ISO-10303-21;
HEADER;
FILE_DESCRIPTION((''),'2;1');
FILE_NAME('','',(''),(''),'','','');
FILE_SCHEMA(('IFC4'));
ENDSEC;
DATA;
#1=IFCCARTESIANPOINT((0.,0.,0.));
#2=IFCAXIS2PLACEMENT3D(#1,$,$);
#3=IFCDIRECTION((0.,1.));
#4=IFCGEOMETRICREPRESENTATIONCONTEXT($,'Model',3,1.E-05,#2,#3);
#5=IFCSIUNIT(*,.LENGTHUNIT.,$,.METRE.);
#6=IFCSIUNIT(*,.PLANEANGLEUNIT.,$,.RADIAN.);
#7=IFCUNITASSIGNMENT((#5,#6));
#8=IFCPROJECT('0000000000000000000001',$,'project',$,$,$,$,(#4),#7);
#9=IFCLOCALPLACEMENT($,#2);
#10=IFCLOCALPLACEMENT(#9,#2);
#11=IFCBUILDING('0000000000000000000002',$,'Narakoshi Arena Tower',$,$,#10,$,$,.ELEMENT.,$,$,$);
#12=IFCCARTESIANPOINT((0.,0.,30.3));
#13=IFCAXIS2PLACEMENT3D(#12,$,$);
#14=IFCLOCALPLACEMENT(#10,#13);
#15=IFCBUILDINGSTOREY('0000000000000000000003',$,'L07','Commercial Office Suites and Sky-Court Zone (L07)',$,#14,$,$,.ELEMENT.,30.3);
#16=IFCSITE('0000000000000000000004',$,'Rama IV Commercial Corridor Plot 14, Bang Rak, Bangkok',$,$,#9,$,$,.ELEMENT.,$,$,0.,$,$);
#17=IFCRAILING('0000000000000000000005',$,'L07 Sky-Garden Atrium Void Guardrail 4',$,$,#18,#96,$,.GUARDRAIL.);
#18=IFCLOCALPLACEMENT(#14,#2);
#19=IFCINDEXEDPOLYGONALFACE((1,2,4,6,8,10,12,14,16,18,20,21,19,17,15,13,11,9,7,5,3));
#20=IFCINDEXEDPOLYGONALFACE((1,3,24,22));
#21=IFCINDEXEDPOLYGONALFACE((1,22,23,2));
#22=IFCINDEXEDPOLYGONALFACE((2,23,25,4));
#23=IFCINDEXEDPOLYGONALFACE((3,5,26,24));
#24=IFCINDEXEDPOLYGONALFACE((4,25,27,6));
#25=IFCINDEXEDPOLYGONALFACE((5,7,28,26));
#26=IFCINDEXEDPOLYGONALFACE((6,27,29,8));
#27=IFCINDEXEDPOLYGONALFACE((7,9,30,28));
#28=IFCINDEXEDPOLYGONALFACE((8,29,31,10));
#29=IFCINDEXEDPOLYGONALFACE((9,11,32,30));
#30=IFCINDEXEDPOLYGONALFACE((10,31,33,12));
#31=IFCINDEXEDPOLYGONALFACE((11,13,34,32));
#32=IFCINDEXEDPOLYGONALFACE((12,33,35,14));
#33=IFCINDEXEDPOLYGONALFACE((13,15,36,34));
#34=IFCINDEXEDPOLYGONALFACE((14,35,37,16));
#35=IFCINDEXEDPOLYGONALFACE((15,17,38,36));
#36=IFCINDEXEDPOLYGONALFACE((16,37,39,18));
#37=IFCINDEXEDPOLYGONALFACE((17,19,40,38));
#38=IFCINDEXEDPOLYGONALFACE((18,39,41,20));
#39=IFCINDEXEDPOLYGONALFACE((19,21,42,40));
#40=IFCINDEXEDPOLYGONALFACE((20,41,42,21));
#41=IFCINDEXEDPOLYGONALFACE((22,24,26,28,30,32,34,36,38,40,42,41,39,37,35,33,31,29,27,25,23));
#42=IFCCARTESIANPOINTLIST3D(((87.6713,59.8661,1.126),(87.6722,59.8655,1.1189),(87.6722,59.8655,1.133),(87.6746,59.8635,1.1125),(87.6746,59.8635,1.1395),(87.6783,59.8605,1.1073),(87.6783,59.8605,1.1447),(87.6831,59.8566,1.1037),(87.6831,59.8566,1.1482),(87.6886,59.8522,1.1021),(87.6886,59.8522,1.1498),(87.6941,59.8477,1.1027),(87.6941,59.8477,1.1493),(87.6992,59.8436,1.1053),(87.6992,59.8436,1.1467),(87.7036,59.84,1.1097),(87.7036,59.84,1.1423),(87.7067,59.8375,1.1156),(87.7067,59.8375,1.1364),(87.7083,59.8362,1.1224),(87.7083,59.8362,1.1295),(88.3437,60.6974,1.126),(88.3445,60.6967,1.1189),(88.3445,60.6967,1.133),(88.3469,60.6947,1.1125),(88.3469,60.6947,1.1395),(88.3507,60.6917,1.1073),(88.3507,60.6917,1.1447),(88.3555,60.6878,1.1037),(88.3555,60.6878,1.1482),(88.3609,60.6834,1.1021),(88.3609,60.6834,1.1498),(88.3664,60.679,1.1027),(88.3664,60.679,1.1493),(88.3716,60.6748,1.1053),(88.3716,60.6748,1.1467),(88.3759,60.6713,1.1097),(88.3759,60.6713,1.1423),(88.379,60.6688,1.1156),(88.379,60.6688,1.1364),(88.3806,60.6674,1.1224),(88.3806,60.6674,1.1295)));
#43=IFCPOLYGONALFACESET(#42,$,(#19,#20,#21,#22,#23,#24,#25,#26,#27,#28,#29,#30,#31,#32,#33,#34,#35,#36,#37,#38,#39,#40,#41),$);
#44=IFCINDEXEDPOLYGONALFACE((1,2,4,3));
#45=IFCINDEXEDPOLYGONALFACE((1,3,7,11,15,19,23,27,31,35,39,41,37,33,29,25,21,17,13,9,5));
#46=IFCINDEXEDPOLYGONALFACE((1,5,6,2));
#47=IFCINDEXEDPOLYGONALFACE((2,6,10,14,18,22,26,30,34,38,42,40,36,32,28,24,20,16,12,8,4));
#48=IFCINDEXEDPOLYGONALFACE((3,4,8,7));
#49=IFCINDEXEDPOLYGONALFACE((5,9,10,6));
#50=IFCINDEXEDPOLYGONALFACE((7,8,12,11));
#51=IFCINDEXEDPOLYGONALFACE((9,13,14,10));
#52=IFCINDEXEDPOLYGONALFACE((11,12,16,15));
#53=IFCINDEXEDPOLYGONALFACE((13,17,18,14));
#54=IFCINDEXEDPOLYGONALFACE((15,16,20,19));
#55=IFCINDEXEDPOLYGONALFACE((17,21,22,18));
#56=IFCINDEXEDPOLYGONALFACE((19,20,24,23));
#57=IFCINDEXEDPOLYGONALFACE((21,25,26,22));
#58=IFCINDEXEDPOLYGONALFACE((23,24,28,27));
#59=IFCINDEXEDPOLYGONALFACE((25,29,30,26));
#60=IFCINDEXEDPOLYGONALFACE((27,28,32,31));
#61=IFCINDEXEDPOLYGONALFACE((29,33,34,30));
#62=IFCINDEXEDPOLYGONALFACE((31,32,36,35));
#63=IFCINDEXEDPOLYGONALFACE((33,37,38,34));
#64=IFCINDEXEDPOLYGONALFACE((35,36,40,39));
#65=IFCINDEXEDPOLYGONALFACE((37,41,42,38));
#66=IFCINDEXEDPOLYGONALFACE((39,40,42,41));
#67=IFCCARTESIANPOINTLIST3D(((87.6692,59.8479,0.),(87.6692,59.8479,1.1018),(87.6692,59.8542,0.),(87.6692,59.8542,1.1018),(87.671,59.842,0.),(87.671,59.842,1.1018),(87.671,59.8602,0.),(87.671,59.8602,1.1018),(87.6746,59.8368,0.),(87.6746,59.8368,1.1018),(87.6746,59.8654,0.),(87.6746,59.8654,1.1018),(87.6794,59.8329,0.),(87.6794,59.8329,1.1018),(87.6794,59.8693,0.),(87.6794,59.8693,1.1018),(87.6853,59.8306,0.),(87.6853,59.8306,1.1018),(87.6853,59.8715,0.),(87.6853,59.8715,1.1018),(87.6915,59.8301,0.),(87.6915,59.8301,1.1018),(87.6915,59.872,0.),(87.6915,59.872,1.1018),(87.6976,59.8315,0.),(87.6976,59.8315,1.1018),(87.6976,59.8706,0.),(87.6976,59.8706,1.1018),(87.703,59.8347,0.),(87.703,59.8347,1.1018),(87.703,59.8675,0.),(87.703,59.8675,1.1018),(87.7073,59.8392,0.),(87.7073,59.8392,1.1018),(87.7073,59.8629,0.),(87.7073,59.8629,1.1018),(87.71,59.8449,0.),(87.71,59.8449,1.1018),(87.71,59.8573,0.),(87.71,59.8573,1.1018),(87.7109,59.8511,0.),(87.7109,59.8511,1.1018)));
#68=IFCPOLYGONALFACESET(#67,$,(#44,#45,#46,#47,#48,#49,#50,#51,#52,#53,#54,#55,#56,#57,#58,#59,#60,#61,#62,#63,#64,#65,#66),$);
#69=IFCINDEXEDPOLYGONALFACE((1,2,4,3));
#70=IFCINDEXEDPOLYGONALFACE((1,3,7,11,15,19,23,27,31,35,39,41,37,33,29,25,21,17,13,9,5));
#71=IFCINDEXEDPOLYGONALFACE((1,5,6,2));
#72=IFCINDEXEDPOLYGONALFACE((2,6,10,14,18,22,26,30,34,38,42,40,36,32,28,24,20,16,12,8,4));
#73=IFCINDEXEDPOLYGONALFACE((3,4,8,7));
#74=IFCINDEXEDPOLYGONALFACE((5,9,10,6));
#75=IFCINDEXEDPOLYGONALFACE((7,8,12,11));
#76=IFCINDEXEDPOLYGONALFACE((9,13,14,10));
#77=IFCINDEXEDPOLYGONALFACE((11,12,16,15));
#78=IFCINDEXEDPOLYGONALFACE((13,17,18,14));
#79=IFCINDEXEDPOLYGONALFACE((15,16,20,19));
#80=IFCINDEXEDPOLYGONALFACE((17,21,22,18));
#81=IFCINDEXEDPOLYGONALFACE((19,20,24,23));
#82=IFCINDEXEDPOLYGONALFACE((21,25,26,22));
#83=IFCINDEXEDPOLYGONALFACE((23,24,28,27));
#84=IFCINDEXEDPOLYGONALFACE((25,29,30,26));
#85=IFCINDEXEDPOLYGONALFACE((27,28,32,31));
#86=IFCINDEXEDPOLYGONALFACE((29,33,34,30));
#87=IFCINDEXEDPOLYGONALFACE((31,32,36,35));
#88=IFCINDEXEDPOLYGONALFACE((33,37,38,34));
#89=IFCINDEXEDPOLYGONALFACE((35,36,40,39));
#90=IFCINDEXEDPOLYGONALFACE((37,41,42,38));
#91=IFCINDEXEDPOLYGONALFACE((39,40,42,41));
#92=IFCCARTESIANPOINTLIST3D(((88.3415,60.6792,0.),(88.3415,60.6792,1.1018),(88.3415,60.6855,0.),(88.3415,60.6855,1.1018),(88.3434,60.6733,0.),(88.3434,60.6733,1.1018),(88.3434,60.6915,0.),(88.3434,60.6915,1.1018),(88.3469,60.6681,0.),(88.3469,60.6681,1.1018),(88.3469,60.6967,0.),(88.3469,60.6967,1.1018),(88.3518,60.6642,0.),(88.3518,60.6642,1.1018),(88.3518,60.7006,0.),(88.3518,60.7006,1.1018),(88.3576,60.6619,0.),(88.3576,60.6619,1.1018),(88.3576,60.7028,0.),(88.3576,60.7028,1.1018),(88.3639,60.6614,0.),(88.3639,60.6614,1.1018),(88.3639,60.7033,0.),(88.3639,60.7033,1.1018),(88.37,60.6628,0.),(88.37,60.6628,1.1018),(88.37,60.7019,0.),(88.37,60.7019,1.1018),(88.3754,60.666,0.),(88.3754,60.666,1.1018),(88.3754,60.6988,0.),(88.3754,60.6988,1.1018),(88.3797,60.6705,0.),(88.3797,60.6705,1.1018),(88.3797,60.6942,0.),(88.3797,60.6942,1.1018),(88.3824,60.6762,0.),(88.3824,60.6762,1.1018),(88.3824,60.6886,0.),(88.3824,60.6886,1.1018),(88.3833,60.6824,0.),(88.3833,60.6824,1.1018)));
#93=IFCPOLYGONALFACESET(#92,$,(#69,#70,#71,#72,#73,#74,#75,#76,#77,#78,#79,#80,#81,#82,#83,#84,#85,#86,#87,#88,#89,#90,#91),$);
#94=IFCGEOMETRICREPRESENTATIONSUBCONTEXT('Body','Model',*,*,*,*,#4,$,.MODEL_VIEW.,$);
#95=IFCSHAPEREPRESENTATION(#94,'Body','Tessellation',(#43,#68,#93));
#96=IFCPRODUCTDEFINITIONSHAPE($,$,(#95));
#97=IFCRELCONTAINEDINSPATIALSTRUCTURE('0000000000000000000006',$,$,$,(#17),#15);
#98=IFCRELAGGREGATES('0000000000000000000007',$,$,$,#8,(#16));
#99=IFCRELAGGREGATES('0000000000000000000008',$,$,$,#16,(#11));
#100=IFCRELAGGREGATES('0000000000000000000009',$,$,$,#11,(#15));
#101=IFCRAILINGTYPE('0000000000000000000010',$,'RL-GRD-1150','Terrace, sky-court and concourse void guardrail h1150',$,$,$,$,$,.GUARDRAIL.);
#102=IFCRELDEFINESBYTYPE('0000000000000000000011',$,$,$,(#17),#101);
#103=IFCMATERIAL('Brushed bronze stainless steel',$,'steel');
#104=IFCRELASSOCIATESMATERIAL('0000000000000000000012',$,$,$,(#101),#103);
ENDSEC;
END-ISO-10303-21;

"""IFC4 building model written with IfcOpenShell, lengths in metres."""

from ifc_helpers import new_model, si_unit, direction, frame, origin, origin_2d, place, context, subcontext, project, spatial, circle, extrude, material, type_object, element, save


model = new_model("IFC4")

# Units and contexts
model_context = context("Model", 3, precision=1e-05, world=origin(), true_north=direction((0.0, 1.0)))
body_context = subcontext(model_context, "Body", "Model", "MODEL_VIEW")
ifc_project = project(units=[si_unit("LENGTHUNIT", "METRE"), si_unit("PLANEANGLEUNIT", "RADIAN")], contexts=[model_context])

# Site, building, storey
site_placement = place(None, origin())
site = spatial("IfcSite", under=ifc_project, at=site_placement, Name="Rama IV Commercial Corridor Plot 14, Bang Rak, Bangkok", CompositionType="ELEMENT", RefElevation=0.0)
building_placement = place(site_placement, origin())
building = spatial("IfcBuilding", under=site, at=building_placement, Name="Narakoshi Arena Tower", CompositionType="ELEMENT")
storey_placement = place(building_placement, frame((0.0, 0.0, 30.3)))
storey = spatial("IfcBuildingStorey", under=building, at=storey_placement, Name="L07", Description="Commercial Office Suites and Sky-Court Zone (L07)", CompositionType="ELEMENT", Elevation=30.3)

# Railing
ifc_material_1 = material(Name="Brushed bronze stainless steel", Category="steel")
railing_type = type_object("IfcRailingType", Name="RL-GRD-1150", Description="Terrace, sky-court and concourse void guardrail h1150", PredefinedType="GUARDRAIL", material=ifc_material_1)
railing_1_placement = place(storey_placement, frame((87.6899, 59.8511, 0.0)))
element("IfcRailing", 1, at=railing_1_placement, inside=storey, type_object=railing_type, Name="L07 Sky-Garden Atrium Void Guardrail 4", PredefinedType="GUARDRAIL", context=body_context, shape_type="SweptSolid", body=[
    extrude(circle(Radius=0.0239, at=origin_2d()), frame((0.0, 0.0, 1.126), z_axis=(0.628863, 0.777516, 0.0), x_axis=(-0.777516, 0.628863, 0.0)), (0.0, 0.0, 1.0), 1.0691),
    extrude(circle(Radius=0.021, at=origin_2d()), origin(), (0.0, 0.0, 1.0), 1.1018),
    extrude(circle(Radius=0.021, at=origin_2d()), frame((0.6724, 0.8313, 0.0)), (0.0, 0.0, 1.0), 1.1018),
])

save(model, "model.ifc")
